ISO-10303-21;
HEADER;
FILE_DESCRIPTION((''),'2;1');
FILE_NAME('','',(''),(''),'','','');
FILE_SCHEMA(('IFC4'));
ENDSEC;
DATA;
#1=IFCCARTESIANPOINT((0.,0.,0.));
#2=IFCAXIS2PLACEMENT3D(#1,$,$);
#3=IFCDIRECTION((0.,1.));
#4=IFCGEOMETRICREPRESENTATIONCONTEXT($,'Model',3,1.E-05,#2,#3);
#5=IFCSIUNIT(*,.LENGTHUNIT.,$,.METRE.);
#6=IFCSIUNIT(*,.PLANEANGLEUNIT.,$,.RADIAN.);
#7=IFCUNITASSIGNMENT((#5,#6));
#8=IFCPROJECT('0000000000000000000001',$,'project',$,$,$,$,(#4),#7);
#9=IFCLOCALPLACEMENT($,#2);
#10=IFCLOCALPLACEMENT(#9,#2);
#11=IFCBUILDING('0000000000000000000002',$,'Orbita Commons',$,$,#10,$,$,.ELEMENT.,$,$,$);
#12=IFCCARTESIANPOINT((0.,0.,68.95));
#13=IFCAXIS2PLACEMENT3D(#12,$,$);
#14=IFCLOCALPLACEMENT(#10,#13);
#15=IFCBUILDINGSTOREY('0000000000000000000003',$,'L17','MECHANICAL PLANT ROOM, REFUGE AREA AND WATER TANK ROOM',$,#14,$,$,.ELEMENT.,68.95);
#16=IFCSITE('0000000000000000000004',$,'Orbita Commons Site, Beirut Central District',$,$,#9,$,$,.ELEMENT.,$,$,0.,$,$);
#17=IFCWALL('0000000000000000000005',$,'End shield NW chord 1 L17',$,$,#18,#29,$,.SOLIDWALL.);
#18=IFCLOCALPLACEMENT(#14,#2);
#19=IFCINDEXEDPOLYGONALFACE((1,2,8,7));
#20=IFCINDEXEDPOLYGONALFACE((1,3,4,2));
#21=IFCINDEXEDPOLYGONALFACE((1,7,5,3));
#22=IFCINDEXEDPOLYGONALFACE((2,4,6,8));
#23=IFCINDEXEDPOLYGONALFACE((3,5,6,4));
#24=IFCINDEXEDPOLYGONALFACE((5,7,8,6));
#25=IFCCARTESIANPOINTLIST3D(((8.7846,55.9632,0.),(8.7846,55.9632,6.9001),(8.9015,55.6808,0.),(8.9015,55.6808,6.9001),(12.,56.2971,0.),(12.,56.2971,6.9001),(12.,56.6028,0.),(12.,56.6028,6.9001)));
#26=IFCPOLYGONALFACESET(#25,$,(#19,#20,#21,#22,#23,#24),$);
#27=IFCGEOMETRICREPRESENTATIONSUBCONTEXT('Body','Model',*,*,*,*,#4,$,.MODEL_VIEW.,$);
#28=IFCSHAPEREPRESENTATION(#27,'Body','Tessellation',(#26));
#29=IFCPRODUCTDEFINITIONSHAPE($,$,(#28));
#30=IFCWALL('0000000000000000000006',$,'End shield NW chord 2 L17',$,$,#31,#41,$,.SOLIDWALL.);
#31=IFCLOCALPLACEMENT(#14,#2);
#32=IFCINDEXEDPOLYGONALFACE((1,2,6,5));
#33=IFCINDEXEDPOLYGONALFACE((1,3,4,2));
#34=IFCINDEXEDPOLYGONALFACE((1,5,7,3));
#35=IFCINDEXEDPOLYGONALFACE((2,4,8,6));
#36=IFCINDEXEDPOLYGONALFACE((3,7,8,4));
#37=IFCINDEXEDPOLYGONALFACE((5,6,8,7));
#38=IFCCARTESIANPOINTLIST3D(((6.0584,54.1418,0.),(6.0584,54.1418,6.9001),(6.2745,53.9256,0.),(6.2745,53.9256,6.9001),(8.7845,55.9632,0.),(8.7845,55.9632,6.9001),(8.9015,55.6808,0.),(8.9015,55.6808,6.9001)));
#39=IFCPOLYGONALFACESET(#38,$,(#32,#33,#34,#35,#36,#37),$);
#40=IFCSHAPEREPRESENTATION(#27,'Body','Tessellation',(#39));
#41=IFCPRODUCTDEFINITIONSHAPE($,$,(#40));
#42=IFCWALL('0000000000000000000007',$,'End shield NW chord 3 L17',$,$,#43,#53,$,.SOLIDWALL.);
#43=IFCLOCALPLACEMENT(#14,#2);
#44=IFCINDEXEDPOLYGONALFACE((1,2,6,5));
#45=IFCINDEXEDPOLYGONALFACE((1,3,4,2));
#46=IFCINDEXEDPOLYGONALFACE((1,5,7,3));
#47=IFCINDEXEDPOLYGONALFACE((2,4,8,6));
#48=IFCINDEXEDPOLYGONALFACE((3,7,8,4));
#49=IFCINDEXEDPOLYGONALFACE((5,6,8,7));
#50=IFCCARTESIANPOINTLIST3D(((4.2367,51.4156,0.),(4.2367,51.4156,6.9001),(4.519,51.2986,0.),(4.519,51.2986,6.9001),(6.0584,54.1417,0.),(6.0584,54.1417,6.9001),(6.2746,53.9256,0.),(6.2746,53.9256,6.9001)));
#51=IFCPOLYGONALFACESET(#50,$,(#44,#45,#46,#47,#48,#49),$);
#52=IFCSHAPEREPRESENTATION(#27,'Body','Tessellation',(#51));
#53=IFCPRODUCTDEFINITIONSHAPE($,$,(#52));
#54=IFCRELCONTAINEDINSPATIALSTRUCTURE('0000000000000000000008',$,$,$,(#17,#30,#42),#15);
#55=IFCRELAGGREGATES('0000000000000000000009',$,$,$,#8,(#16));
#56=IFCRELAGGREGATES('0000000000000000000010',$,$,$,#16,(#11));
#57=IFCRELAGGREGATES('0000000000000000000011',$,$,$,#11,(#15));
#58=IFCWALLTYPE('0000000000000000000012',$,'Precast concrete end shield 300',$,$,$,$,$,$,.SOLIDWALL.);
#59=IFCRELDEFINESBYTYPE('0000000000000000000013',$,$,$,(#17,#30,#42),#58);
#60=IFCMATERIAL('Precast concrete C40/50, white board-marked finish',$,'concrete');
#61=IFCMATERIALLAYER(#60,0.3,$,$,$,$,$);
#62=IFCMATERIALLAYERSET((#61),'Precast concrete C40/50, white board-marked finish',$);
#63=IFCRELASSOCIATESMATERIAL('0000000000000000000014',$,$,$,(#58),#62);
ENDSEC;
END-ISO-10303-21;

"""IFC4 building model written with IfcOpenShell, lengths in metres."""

from ifc_helpers import new_model, si_unit, direction, frame, origin, place, context, subcontext, project, spatial, polyline, outline, extrude, material, layer, layer_set, type_object, element, save


model = new_model("IFC4")

# Units and contexts
model_context = context("Model", 3, precision=1e-05, world=origin(), true_north=direction((0.0, 1.0)))
body_context = subcontext(model_context, "Body", "Model", "MODEL_VIEW")
ifc_project = project(units=[si_unit("LENGTHUNIT", "METRE"), si_unit("PLANEANGLEUNIT", "RADIAN")], contexts=[model_context])

# Site, building, storey
site_placement = place(None, origin())
site = spatial("IfcSite", under=ifc_project, at=site_placement, Name="Orbita Commons Site, Beirut Central District", CompositionType="ELEMENT", RefElevation=0.0)
building_placement = place(site_placement, origin())
building = spatial("IfcBuilding", under=site, at=building_placement, Name="Orbita Commons", CompositionType="ELEMENT")
storey_placement = place(building_placement, frame((0.0, 0.0, 68.95)))
storey = spatial("IfcBuildingStorey", under=building, at=storey_placement, Name="L17", Description="MECHANICAL PLANT ROOM, REFUGE AREA AND WATER TANK ROOM", CompositionType="ELEMENT", Elevation=68.95)

# Walls
ifc_material_1 = material(Name="Precast concrete C40/50, white board-marked finish", Category="concrete")
ifc_layer_1 = layer(ifc_material_1, 0.3)
ifc_layer_set_1 = layer_set([ifc_layer_1], Name="Precast concrete C40/50, white board-marked finish")
wall_type_1 = type_object("IfcWallType", Name="Precast concrete end shield 300", PredefinedType="SOLIDWALL", material=ifc_layer_set_1)
wall_1_placement = place(storey_placement, frame((12.0, 56.45, 0.0), z_axis=(0.0, 0.0, 1.0), x_axis=(-0.980787, -0.19508, 0.0)))
element("IfcWall", 1, at=wall_1_placement, inside=storey, type_object=wall_type_1, Name="End shield NW chord 1 L17", PredefinedType="SOLIDWALL", context=body_context, shape_type="SweptSolid", body=[
    extrude(outline(polyline([(-0.0298, -0.1499), (3.2485, -0.1499), (3.189, 0.1499), (0.0298, 0.1499), (-0.0298, -0.1499)])), origin(), (0.0, 0.0, 1.0), 6.9001),
])
wall_2_placement = place(storey_placement, frame((8.843, 55.822, 0.0), z_axis=(0.0, 0.0, 1.0), x_axis=(-0.831478, -0.555558, 0.0)))
element("IfcWall", 2, at=wall_2_placement, inside=storey, type_object=wall_type_1, Name="End shield NW chord 2 L17", PredefinedType="SOLIDWALL", context=body_context, shape_type="SweptSolid", body=[
    extrude(outline(polyline([(-0.0298, -0.1499), (3.2488, -0.1499), (3.1892, 0.1499), (0.0298, 0.1499), (-0.0298, -0.1499)])), origin(), (0.0, 0.0, 1.0), 6.9001),
])
wall_3_placement = place(storey_placement, frame((6.1665, 54.0337, 0.0), z_axis=(0.0, 0.0, 1.0), x_axis=(-0.55561, -0.831443, 0.0)))
element("IfcWall", 3, at=wall_3_placement, inside=storey, type_object=wall_type_1, Name="End shield NW chord 3 L17", PredefinedType="SOLIDWALL", context=body_context, shape_type="SweptSolid", body=[
    extrude(outline(polyline([(-0.0298, -0.1499), (3.249, -0.1499), (3.1895, 0.1499), (0.0298, 0.1499), (-0.0298, -0.1499)])), origin(), (0.0, 0.0, 1.0), 6.9001),
])

save(model, "model.ifc")
